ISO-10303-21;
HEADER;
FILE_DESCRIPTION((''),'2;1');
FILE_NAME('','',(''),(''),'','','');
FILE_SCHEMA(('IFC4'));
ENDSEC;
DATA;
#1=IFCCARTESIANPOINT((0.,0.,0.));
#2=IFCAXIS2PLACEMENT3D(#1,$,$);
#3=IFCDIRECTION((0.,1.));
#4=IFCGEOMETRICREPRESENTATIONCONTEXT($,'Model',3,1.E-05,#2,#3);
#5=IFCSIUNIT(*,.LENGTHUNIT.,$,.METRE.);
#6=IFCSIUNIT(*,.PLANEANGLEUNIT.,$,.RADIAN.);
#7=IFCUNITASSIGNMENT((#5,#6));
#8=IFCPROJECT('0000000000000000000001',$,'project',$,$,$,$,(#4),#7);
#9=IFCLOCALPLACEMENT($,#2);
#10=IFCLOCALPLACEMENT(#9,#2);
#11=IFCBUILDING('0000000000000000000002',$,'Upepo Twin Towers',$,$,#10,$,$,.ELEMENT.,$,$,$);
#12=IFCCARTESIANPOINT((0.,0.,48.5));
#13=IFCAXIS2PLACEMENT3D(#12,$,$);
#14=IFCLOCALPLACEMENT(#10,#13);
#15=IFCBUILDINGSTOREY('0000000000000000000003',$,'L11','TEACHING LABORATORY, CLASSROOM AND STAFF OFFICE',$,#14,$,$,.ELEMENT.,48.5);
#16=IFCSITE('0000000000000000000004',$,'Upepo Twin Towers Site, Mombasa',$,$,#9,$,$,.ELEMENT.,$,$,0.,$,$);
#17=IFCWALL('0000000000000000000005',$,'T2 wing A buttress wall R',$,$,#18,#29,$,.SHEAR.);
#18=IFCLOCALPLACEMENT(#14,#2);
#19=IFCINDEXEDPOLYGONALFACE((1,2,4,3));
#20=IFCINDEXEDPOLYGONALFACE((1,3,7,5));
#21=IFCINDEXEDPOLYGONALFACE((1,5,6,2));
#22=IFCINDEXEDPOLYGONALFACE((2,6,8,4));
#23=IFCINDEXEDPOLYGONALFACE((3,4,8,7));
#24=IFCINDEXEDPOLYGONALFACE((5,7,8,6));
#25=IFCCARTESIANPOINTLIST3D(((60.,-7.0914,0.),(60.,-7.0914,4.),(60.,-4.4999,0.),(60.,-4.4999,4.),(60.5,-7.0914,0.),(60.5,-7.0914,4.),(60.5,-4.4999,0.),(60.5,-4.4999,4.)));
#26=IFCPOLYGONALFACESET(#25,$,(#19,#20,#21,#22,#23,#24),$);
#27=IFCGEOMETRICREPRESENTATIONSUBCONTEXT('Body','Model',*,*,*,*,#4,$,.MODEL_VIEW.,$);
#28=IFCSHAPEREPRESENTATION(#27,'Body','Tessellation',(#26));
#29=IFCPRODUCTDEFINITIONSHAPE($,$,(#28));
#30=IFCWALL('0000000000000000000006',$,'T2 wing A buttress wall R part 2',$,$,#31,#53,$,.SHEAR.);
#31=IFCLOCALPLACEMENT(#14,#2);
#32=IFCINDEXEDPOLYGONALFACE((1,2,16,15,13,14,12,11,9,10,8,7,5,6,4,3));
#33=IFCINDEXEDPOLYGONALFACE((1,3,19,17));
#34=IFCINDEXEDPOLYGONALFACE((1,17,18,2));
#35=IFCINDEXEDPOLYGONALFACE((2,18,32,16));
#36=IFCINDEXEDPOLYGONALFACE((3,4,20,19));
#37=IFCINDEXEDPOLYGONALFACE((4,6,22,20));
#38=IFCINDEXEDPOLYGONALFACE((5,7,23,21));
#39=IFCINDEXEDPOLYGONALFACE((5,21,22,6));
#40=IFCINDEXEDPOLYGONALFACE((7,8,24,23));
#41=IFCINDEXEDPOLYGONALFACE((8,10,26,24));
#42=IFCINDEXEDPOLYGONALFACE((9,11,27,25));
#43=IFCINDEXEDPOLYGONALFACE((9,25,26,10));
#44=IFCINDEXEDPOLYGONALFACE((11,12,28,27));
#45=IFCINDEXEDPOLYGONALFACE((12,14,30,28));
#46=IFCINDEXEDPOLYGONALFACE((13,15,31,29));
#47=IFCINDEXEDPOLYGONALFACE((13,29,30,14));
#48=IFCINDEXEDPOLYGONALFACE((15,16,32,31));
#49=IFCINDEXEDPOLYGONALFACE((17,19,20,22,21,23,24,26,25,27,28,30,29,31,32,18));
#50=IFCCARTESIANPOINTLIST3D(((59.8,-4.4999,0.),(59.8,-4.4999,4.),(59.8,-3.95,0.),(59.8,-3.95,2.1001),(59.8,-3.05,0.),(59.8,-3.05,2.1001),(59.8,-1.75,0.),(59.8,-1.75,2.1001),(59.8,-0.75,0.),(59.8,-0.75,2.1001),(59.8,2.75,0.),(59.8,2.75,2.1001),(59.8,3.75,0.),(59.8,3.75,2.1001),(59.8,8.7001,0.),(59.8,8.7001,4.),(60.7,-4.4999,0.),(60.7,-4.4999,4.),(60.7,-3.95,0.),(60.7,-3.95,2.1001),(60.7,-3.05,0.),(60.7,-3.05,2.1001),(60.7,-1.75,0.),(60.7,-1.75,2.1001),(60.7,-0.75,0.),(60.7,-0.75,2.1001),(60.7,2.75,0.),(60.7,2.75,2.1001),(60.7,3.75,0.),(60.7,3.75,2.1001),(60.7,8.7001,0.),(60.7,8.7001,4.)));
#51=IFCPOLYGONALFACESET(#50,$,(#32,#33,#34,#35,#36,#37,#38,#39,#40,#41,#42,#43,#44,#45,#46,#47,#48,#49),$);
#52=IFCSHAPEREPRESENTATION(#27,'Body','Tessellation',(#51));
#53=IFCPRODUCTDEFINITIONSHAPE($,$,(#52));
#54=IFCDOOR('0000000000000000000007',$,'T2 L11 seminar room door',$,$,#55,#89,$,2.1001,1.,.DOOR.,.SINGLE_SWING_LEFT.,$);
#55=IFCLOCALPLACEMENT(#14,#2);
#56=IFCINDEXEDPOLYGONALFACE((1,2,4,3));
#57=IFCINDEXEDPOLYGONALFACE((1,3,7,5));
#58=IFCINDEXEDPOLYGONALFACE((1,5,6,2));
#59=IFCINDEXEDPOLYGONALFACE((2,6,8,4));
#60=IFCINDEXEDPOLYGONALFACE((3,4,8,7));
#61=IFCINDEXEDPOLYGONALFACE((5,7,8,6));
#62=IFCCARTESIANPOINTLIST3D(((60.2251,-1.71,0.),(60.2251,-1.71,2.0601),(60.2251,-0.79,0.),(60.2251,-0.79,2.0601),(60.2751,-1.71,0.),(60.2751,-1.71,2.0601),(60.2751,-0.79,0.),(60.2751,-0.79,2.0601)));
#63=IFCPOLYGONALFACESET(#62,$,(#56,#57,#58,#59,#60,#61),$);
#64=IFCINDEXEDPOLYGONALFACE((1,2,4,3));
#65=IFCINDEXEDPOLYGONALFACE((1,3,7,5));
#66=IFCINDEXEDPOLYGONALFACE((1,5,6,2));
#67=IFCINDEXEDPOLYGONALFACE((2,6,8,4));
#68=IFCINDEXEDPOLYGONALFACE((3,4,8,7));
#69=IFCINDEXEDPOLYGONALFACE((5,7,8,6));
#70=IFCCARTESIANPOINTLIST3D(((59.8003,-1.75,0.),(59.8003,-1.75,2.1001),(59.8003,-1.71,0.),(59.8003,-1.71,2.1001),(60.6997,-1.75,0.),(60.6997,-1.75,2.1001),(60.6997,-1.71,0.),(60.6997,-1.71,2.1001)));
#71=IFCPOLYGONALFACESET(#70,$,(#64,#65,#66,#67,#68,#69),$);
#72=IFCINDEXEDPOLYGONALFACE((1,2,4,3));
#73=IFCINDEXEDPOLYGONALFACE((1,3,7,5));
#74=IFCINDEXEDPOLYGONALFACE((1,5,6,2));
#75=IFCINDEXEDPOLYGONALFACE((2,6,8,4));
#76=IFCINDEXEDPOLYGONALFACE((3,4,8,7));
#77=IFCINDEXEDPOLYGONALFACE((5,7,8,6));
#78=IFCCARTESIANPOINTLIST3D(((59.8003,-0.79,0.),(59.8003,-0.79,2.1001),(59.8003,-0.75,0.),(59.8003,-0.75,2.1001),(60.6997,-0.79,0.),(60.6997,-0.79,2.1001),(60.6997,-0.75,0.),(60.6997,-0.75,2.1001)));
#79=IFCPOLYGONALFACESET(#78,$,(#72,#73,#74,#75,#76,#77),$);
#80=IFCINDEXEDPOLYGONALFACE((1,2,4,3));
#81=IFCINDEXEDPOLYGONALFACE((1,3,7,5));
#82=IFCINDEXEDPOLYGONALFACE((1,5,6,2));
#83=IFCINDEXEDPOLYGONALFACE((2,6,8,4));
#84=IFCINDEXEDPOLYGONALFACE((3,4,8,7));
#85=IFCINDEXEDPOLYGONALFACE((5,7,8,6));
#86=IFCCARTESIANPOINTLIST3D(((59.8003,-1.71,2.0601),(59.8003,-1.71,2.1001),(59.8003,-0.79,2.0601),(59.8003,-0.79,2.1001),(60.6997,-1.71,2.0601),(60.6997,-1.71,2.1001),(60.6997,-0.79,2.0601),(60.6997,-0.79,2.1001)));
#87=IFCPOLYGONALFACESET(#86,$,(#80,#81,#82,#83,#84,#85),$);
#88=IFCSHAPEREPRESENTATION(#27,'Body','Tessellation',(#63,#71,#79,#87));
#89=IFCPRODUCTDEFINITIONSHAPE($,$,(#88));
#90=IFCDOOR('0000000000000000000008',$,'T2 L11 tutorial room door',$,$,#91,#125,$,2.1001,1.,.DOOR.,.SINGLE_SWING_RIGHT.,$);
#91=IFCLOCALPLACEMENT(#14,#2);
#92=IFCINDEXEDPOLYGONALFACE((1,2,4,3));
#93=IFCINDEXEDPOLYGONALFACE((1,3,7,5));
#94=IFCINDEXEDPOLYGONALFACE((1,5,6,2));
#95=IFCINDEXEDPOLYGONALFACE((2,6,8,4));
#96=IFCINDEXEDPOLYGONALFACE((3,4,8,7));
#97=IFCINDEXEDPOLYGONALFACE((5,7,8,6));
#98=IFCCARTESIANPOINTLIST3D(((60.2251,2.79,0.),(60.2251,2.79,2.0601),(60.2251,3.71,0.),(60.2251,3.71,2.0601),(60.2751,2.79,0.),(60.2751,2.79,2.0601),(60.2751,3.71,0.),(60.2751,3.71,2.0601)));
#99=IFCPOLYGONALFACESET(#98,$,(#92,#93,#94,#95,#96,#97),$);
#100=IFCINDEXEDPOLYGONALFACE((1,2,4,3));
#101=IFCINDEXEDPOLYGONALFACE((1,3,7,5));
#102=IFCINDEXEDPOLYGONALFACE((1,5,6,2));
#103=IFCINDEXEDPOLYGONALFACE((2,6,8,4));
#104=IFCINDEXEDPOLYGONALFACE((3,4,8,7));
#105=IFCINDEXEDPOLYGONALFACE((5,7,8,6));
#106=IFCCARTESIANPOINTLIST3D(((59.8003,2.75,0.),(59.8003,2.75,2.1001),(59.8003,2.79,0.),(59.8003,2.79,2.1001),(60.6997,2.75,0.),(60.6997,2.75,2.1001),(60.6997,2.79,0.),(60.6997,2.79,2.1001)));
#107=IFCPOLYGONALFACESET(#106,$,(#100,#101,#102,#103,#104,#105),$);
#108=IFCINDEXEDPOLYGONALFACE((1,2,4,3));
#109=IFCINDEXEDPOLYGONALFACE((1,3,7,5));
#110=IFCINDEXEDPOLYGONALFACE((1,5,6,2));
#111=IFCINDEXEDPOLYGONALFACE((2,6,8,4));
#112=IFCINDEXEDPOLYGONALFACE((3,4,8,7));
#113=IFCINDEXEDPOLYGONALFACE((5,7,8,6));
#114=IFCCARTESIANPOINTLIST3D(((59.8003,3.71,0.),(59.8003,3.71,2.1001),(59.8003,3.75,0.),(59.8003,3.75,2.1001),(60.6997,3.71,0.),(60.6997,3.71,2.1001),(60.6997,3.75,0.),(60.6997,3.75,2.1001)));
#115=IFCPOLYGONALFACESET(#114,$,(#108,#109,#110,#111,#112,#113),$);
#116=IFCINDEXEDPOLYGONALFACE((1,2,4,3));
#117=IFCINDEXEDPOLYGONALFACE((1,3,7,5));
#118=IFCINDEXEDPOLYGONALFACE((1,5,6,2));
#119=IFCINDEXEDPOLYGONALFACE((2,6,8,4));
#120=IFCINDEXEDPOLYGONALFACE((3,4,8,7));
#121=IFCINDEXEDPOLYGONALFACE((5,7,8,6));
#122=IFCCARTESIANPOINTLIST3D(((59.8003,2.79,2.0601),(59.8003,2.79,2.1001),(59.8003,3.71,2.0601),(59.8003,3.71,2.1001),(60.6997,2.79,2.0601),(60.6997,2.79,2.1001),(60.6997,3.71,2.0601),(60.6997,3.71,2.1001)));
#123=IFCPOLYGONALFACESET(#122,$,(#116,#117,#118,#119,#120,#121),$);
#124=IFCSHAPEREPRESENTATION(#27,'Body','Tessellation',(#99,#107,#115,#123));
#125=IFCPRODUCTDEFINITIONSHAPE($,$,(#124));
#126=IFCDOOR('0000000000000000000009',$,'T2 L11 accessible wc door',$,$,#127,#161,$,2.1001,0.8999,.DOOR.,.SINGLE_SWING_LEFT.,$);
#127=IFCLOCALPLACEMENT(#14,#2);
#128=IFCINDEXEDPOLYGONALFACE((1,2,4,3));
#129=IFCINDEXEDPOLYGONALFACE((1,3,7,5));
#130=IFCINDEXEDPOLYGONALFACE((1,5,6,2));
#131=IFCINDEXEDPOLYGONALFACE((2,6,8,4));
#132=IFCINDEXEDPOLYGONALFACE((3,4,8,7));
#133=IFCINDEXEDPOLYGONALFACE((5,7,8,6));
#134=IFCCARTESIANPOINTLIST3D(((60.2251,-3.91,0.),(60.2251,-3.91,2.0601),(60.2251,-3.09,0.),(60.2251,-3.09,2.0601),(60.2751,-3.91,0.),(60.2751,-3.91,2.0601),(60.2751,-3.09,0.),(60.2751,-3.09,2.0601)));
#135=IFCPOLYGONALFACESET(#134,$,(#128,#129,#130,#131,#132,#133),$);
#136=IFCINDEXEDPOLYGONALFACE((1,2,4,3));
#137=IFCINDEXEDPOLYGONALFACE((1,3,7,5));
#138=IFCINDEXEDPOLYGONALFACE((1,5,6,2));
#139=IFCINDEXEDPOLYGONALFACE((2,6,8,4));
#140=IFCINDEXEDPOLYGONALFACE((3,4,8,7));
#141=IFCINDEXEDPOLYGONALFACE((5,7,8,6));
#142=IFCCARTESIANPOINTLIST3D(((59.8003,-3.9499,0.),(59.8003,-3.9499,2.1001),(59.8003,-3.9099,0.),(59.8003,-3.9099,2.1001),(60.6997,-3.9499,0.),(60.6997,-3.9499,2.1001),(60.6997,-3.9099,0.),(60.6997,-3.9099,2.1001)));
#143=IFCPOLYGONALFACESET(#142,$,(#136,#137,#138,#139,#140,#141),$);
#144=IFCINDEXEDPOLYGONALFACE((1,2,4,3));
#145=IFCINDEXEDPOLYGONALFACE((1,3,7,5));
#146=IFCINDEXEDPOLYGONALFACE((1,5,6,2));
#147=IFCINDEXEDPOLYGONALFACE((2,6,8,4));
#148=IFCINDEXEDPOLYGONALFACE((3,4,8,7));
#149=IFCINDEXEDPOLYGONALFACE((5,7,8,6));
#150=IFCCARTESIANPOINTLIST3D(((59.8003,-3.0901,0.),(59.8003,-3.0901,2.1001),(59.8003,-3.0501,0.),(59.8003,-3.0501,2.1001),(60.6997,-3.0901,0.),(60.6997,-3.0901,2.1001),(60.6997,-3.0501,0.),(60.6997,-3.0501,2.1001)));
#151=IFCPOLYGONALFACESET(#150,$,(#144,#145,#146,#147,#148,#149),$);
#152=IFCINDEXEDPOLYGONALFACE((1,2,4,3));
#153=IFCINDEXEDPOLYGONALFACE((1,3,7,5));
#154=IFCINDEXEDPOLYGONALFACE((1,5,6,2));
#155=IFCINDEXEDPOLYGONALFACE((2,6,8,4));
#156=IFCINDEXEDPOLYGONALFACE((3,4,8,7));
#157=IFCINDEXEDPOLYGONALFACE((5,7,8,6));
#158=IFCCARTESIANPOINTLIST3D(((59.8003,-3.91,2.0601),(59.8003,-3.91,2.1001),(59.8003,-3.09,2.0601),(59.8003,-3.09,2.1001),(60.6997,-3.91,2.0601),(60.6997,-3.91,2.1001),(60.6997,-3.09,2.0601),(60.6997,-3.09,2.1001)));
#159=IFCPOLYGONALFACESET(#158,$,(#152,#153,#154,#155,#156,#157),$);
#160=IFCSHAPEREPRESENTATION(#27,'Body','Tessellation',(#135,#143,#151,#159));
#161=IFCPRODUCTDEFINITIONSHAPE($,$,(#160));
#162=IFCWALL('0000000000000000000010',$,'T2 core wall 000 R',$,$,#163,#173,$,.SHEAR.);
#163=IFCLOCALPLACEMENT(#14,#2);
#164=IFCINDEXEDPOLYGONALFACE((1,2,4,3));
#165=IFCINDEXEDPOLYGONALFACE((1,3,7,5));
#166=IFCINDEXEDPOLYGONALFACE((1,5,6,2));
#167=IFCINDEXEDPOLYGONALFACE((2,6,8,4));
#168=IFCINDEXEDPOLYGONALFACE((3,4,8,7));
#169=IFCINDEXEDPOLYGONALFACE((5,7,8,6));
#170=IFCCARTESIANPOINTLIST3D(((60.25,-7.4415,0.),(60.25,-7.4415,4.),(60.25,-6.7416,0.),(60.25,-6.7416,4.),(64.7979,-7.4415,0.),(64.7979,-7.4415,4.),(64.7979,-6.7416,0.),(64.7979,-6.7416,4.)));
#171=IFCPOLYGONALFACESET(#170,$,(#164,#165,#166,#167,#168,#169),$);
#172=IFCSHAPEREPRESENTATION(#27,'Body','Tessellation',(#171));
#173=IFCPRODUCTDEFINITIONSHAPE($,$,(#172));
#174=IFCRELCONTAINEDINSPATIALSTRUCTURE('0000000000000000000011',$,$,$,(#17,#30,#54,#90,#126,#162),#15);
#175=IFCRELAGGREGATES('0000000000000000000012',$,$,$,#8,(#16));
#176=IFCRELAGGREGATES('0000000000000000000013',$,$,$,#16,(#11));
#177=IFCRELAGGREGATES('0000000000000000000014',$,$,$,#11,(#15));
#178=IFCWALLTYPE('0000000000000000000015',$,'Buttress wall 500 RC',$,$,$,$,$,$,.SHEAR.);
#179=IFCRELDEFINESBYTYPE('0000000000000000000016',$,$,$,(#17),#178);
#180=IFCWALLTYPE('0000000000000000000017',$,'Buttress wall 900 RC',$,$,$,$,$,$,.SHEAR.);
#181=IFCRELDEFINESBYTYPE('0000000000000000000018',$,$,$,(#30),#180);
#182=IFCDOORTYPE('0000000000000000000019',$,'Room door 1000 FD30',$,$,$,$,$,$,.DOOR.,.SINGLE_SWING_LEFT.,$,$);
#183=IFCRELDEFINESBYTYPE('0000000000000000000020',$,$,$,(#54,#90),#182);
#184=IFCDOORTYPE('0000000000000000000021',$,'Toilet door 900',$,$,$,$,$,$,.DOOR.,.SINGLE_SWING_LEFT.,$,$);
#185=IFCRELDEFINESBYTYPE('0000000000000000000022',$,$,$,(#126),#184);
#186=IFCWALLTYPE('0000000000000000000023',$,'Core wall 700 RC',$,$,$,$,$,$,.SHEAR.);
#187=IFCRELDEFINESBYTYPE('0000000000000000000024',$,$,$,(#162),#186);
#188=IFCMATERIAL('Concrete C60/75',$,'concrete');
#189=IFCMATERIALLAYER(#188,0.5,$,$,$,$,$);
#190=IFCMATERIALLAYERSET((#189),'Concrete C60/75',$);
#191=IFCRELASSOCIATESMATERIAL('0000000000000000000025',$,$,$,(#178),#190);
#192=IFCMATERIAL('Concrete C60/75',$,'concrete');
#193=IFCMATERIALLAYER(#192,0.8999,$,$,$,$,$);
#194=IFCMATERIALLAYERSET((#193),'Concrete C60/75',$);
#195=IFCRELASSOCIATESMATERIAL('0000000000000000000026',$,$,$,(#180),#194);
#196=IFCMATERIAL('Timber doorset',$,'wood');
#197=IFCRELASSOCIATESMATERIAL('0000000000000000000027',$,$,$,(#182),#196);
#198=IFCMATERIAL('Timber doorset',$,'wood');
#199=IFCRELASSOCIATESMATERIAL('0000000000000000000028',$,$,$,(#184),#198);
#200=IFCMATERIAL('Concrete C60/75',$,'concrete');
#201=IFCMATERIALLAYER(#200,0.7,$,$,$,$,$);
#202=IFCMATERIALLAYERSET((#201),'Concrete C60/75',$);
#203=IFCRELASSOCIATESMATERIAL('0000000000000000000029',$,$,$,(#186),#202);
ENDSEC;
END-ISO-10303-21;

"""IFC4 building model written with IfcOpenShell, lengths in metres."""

from ifc_helpers import new_model, si_unit, direction, frame, frame_2d, origin, place, context, subcontext, project, spatial, rectangle, extrude, material, layer, layer_set, type_object, element, fill, save


model = new_model("IFC4")

# Units and contexts
model_context = context("Model", 3, precision=1e-05, world=origin(), true_north=direction((0.0, 1.0)))
body_context = subcontext(model_context, "Body", "Model", "MODEL_VIEW")
ifc_project = project(units=[si_unit("LENGTHUNIT", "METRE"), si_unit("PLANEANGLEUNIT", "RADIAN")], contexts=[model_context])

# Site, building, storey
site_placement = place(None, origin())
site = spatial("IfcSite", under=ifc_project, at=site_placement, Name="Upepo Twin Towers Site, Mombasa", CompositionType="ELEMENT", RefElevation=0.0)
building_placement = place(site_placement, origin())
building = spatial("IfcBuilding", under=site, at=building_placement, Name="Upepo Twin Towers", CompositionType="ELEMENT")
storey_placement = place(building_placement, frame((0.0, 0.0, 48.5)))
storey = spatial("IfcBuildingStorey", under=building, at=storey_placement, Name="L11", Description="TEACHING LABORATORY, CLASSROOM AND STAFF OFFICE", CompositionType="ELEMENT", Elevation=48.5)

# Wall
ifc_material_1 = material(Name="Concrete C60/75", Category="concrete")
ifc_layer_1 = layer(ifc_material_1, 0.5)
ifc_layer_set_1 = layer_set([ifc_layer_1], Name="Concrete C60/75")
wall_type_1 = type_object("IfcWallType", Name="Buttress wall 500 RC", PredefinedType="SHEAR", material=ifc_layer_set_1)
wall_1_placement = place(storey_placement, frame((60.25, -7.0916, 0.0), z_axis=(0.0, 0.0, 1.0), x_axis=(0.0, 1.0, 0.0)))
element("IfcWall", 1, at=wall_1_placement, inside=storey, type_object=wall_type_1, Name="T2 wing A buttress wall R", PredefinedType="SHEAR", context=body_context, shape_type="SweptSolid", body=[
    extrude(rectangle(XDim=2.5916, YDim=0.5, at=frame_2d((1.2959, 0.0))), origin(), (0.0, 0.0, 1.0), 4.0),
])

# Wall, openings, doors
ifc_material_2 = material(Name="Concrete C60/75", Category="concrete")
ifc_layer_2 = layer(ifc_material_2, 0.8999)
ifc_layer_set_2 = layer_set([ifc_layer_2], Name="Concrete C60/75")
wall_type_2 = type_object("IfcWallType", Name="Buttress wall 900 RC", PredefinedType="SHEAR", material=ifc_layer_set_2)
wall_2_placement = place(storey_placement, frame((60.25, -4.5, 0.0), z_axis=(0.0, 0.0, 1.0), x_axis=(0.0, 1.0, 0.0)))
wall_2 = element("IfcWall", 2, at=wall_2_placement, inside=storey, type_object=wall_type_2, Name="T2 wing A buttress wall R part 2", PredefinedType="SHEAR", context=body_context, shape_type="SweptSolid", body=[
    extrude(rectangle(XDim=13.2, YDim=0.8999, at=frame_2d((6.6001, 0.0))), origin(), (0.0, 0.0, 1.0), 4.0),
])
opening_1_placement = place(wall_2_placement, frame((0.55, 0.0, 0.0)))
opening_1 = element("IfcOpeningElement", 3, at=opening_1_placement, cuts=wall_2, PredefinedType="OPENING", context=body_context, shape_type="SweptSolid", body=[
    extrude(rectangle(XDim=0.8999, YDim=2.1001, at=frame_2d((0.45, 1.05))), frame((0.0, 0.46, 0.0), z_axis=(0.0, -1.0, 0.0), x_axis=(1.0, 0.0, 0.0)), (0.0, 0.0, 1.0), 0.9199),
])
opening_2_placement = place(wall_2_placement, frame((2.75, 0.0, 0.0)))
opening_2 = element("IfcOpeningElement", 4, at=opening_2_placement, cuts=wall_2, PredefinedType="OPENING", context=body_context, shape_type="SweptSolid", body=[
    extrude(rectangle(XDim=1.0, YDim=2.1001, at=frame_2d((0.5, 1.05))), frame((0.0, 0.46, 0.0), z_axis=(0.0, -1.0, 0.0), x_axis=(1.0, 0.0, 0.0)), (0.0, 0.0, 1.0), 0.9199),
])
opening_3_placement = place(wall_2_placement, frame((7.25, 0.0, 0.0)))
opening_3 = element("IfcOpeningElement", 5, at=opening_3_placement, cuts=wall_2, PredefinedType="OPENING", context=body_context, shape_type="SweptSolid", body=[
    extrude(rectangle(XDim=1.0, YDim=2.1001, at=frame_2d((0.5, 1.05))), frame((0.0, 0.46, 0.0), z_axis=(0.0, -1.0, 0.0), x_axis=(1.0, 0.0, 0.0)), (0.0, 0.0, 1.0), 0.9199),
])
ifc_material_3 = material(Name="Timber doorset", Category="wood")
door_type_1 = type_object("IfcDoorType", Name="Room door 1000 FD30", OperationType="SINGLE_SWING_LEFT", PredefinedType="DOOR", material=ifc_material_3)
door_1_placement = place(opening_2_placement, origin())
door_1 = element("IfcDoor", 6, at=door_1_placement, inside=storey, type_object=door_type_1, Name="T2 L11 seminar room door", OperationType="SINGLE_SWING_LEFT", OverallHeight=2.1001, OverallWidth=1.0, PredefinedType="DOOR", context=body_context, shape_type="SweptSolid", body=[
    extrude(rectangle(XDim=0.92, YDim=2.0601, at=frame_2d((0.5, 1.03))), frame((0.0, 0.0249, 0.0), z_axis=(0.0, -1.0, 0.0), x_axis=(1.0, 0.0, 0.0)), (0.0, 0.0, 1.0), 0.05),
    extrude(rectangle(XDim=0.04, YDim=2.1001, at=frame_2d((0.02, 1.05))), frame((0.0, 0.4497, 0.0), z_axis=(0.0, -1.0, 0.0), x_axis=(1.0, 0.0, 0.0)), (0.0, 0.0, 1.0), 0.8994),
    extrude(rectangle(XDim=0.04, YDim=2.1001, at=frame_2d((0.98, 1.05))), frame((0.0, 0.4497, 0.0), z_axis=(0.0, -1.0, 0.0), x_axis=(1.0, 0.0, 0.0)), (0.0, 0.0, 1.0), 0.8994),
    extrude(rectangle(XDim=0.92, YDim=0.04, at=frame_2d((0.5, 2.0801))), frame((0.0, 0.4497, 0.0), z_axis=(0.0, -1.0, 0.0), x_axis=(1.0, 0.0, 0.0)), (0.0, 0.0, 1.0), 0.8994),
])
fill(opening_2, door_1)
door_2_placement = place(opening_3_placement, origin())
door_2 = element("IfcDoor", 7, at=door_2_placement, inside=storey, type_object=door_type_1, Name="T2 L11 tutorial room door", OperationType="SINGLE_SWING_RIGHT", OverallHeight=2.1001, OverallWidth=1.0, PredefinedType="DOOR", context=body_context, shape_type="SweptSolid", body=[
    extrude(rectangle(XDim=0.92, YDim=2.0601, at=frame_2d((0.5, 1.03))), frame((0.0, 0.0249, 0.0), z_axis=(0.0, -1.0, 0.0), x_axis=(1.0, 0.0, 0.0)), (0.0, 0.0, 1.0), 0.05),
    extrude(rectangle(XDim=0.04, YDim=2.1001, at=frame_2d((0.02, 1.05))), frame((0.0, 0.4497, 0.0), z_axis=(0.0, -1.0, 0.0), x_axis=(1.0, 0.0, 0.0)), (0.0, 0.0, 1.0), 0.8994),
    extrude(rectangle(XDim=0.04, YDim=2.1001, at=frame_2d((0.98, 1.05))), frame((0.0, 0.4497, 0.0), z_axis=(0.0, -1.0, 0.0), x_axis=(1.0, 0.0, 0.0)), (0.0, 0.0, 1.0), 0.8994),
    extrude(rectangle(XDim=0.92, YDim=0.04, at=frame_2d((0.5, 2.0801))), frame((0.0, 0.4497, 0.0), z_axis=(0.0, -1.0, 0.0), x_axis=(1.0, 0.0, 0.0)), (0.0, 0.0, 1.0), 0.8994),
])
fill(opening_3, door_2)
ifc_material_4 = material(Name="Timber doorset", Category="wood")
door_type_2 = type_object("IfcDoorType", Name="Toilet door 900", OperationType="SINGLE_SWING_LEFT", PredefinedType="DOOR", material=ifc_material_4)
door_3_placement = place(opening_1_placement, origin())
door_3 = element("IfcDoor", 8, at=door_3_placement, inside=storey, type_object=door_type_2, Name="T2 L11 accessible wc door", OperationType="SINGLE_SWING_LEFT", OverallHeight=2.1001, OverallWidth=0.8999, PredefinedType="DOOR", context=body_context, shape_type="SweptSolid", body=[
    extrude(rectangle(XDim=0.8199, YDim=2.0601, at=frame_2d((0.45, 1.03))), frame((0.0, 0.0249, 0.0), z_axis=(0.0, -1.0, 0.0), x_axis=(1.0, 0.0, 0.0)), (0.0, 0.0, 1.0), 0.05),
    extrude(rectangle(XDim=0.04, YDim=2.1001, at=frame_2d((0.02, 1.05))), frame((0.0, 0.4497, 0.0), z_axis=(0.0, -1.0, 0.0), x_axis=(1.0, 0.0, 0.0)), (0.0, 0.0, 1.0), 0.8994),
    extrude(rectangle(XDim=0.04, YDim=2.1001, at=frame_2d((0.8799, 1.05))), frame((0.0, 0.4497, 0.0), z_axis=(0.0, -1.0, 0.0), x_axis=(1.0, 0.0, 0.0)), (0.0, 0.0, 1.0), 0.8994),
    extrude(rectangle(XDim=0.8199, YDim=0.04, at=frame_2d((0.45, 2.0801))), frame((0.0, 0.4497, 0.0), z_axis=(0.0, -1.0, 0.0), x_axis=(1.0, 0.0, 0.0)), (0.0, 0.0, 1.0), 0.8994),
])
fill(opening_1, door_3)

# Wall
ifc_material_5 = material(Name="Concrete C60/75", Category="concrete")
ifc_layer_3 = layer(ifc_material_5, 0.7)
ifc_layer_set_3 = layer_set([ifc_layer_3], Name="Concrete C60/75")
wall_type_3 = type_object("IfcWallType", Name="Core wall 700 RC", PredefinedType="SHEAR", material=ifc_layer_set_3)
wall_3_placement = place(storey_placement, frame((64.7979, -7.0916, 0.0), z_axis=(0.0, 0.0, 1.0), x_axis=(-1.0, 0.0, 0.0)))
element("IfcWall", 9, at=wall_3_placement, inside=storey, type_object=wall_type_3, Name="T2 core wall 000 R", PredefinedType="SHEAR", context=body_context, shape_type="SweptSolid", body=[
    extrude(rectangle(XDim=4.5479, YDim=0.7, at=frame_2d((2.2739, 0.0))), origin(), (0.0, 0.0, 1.0), 4.0),
])

save(model, "model.ifc")
